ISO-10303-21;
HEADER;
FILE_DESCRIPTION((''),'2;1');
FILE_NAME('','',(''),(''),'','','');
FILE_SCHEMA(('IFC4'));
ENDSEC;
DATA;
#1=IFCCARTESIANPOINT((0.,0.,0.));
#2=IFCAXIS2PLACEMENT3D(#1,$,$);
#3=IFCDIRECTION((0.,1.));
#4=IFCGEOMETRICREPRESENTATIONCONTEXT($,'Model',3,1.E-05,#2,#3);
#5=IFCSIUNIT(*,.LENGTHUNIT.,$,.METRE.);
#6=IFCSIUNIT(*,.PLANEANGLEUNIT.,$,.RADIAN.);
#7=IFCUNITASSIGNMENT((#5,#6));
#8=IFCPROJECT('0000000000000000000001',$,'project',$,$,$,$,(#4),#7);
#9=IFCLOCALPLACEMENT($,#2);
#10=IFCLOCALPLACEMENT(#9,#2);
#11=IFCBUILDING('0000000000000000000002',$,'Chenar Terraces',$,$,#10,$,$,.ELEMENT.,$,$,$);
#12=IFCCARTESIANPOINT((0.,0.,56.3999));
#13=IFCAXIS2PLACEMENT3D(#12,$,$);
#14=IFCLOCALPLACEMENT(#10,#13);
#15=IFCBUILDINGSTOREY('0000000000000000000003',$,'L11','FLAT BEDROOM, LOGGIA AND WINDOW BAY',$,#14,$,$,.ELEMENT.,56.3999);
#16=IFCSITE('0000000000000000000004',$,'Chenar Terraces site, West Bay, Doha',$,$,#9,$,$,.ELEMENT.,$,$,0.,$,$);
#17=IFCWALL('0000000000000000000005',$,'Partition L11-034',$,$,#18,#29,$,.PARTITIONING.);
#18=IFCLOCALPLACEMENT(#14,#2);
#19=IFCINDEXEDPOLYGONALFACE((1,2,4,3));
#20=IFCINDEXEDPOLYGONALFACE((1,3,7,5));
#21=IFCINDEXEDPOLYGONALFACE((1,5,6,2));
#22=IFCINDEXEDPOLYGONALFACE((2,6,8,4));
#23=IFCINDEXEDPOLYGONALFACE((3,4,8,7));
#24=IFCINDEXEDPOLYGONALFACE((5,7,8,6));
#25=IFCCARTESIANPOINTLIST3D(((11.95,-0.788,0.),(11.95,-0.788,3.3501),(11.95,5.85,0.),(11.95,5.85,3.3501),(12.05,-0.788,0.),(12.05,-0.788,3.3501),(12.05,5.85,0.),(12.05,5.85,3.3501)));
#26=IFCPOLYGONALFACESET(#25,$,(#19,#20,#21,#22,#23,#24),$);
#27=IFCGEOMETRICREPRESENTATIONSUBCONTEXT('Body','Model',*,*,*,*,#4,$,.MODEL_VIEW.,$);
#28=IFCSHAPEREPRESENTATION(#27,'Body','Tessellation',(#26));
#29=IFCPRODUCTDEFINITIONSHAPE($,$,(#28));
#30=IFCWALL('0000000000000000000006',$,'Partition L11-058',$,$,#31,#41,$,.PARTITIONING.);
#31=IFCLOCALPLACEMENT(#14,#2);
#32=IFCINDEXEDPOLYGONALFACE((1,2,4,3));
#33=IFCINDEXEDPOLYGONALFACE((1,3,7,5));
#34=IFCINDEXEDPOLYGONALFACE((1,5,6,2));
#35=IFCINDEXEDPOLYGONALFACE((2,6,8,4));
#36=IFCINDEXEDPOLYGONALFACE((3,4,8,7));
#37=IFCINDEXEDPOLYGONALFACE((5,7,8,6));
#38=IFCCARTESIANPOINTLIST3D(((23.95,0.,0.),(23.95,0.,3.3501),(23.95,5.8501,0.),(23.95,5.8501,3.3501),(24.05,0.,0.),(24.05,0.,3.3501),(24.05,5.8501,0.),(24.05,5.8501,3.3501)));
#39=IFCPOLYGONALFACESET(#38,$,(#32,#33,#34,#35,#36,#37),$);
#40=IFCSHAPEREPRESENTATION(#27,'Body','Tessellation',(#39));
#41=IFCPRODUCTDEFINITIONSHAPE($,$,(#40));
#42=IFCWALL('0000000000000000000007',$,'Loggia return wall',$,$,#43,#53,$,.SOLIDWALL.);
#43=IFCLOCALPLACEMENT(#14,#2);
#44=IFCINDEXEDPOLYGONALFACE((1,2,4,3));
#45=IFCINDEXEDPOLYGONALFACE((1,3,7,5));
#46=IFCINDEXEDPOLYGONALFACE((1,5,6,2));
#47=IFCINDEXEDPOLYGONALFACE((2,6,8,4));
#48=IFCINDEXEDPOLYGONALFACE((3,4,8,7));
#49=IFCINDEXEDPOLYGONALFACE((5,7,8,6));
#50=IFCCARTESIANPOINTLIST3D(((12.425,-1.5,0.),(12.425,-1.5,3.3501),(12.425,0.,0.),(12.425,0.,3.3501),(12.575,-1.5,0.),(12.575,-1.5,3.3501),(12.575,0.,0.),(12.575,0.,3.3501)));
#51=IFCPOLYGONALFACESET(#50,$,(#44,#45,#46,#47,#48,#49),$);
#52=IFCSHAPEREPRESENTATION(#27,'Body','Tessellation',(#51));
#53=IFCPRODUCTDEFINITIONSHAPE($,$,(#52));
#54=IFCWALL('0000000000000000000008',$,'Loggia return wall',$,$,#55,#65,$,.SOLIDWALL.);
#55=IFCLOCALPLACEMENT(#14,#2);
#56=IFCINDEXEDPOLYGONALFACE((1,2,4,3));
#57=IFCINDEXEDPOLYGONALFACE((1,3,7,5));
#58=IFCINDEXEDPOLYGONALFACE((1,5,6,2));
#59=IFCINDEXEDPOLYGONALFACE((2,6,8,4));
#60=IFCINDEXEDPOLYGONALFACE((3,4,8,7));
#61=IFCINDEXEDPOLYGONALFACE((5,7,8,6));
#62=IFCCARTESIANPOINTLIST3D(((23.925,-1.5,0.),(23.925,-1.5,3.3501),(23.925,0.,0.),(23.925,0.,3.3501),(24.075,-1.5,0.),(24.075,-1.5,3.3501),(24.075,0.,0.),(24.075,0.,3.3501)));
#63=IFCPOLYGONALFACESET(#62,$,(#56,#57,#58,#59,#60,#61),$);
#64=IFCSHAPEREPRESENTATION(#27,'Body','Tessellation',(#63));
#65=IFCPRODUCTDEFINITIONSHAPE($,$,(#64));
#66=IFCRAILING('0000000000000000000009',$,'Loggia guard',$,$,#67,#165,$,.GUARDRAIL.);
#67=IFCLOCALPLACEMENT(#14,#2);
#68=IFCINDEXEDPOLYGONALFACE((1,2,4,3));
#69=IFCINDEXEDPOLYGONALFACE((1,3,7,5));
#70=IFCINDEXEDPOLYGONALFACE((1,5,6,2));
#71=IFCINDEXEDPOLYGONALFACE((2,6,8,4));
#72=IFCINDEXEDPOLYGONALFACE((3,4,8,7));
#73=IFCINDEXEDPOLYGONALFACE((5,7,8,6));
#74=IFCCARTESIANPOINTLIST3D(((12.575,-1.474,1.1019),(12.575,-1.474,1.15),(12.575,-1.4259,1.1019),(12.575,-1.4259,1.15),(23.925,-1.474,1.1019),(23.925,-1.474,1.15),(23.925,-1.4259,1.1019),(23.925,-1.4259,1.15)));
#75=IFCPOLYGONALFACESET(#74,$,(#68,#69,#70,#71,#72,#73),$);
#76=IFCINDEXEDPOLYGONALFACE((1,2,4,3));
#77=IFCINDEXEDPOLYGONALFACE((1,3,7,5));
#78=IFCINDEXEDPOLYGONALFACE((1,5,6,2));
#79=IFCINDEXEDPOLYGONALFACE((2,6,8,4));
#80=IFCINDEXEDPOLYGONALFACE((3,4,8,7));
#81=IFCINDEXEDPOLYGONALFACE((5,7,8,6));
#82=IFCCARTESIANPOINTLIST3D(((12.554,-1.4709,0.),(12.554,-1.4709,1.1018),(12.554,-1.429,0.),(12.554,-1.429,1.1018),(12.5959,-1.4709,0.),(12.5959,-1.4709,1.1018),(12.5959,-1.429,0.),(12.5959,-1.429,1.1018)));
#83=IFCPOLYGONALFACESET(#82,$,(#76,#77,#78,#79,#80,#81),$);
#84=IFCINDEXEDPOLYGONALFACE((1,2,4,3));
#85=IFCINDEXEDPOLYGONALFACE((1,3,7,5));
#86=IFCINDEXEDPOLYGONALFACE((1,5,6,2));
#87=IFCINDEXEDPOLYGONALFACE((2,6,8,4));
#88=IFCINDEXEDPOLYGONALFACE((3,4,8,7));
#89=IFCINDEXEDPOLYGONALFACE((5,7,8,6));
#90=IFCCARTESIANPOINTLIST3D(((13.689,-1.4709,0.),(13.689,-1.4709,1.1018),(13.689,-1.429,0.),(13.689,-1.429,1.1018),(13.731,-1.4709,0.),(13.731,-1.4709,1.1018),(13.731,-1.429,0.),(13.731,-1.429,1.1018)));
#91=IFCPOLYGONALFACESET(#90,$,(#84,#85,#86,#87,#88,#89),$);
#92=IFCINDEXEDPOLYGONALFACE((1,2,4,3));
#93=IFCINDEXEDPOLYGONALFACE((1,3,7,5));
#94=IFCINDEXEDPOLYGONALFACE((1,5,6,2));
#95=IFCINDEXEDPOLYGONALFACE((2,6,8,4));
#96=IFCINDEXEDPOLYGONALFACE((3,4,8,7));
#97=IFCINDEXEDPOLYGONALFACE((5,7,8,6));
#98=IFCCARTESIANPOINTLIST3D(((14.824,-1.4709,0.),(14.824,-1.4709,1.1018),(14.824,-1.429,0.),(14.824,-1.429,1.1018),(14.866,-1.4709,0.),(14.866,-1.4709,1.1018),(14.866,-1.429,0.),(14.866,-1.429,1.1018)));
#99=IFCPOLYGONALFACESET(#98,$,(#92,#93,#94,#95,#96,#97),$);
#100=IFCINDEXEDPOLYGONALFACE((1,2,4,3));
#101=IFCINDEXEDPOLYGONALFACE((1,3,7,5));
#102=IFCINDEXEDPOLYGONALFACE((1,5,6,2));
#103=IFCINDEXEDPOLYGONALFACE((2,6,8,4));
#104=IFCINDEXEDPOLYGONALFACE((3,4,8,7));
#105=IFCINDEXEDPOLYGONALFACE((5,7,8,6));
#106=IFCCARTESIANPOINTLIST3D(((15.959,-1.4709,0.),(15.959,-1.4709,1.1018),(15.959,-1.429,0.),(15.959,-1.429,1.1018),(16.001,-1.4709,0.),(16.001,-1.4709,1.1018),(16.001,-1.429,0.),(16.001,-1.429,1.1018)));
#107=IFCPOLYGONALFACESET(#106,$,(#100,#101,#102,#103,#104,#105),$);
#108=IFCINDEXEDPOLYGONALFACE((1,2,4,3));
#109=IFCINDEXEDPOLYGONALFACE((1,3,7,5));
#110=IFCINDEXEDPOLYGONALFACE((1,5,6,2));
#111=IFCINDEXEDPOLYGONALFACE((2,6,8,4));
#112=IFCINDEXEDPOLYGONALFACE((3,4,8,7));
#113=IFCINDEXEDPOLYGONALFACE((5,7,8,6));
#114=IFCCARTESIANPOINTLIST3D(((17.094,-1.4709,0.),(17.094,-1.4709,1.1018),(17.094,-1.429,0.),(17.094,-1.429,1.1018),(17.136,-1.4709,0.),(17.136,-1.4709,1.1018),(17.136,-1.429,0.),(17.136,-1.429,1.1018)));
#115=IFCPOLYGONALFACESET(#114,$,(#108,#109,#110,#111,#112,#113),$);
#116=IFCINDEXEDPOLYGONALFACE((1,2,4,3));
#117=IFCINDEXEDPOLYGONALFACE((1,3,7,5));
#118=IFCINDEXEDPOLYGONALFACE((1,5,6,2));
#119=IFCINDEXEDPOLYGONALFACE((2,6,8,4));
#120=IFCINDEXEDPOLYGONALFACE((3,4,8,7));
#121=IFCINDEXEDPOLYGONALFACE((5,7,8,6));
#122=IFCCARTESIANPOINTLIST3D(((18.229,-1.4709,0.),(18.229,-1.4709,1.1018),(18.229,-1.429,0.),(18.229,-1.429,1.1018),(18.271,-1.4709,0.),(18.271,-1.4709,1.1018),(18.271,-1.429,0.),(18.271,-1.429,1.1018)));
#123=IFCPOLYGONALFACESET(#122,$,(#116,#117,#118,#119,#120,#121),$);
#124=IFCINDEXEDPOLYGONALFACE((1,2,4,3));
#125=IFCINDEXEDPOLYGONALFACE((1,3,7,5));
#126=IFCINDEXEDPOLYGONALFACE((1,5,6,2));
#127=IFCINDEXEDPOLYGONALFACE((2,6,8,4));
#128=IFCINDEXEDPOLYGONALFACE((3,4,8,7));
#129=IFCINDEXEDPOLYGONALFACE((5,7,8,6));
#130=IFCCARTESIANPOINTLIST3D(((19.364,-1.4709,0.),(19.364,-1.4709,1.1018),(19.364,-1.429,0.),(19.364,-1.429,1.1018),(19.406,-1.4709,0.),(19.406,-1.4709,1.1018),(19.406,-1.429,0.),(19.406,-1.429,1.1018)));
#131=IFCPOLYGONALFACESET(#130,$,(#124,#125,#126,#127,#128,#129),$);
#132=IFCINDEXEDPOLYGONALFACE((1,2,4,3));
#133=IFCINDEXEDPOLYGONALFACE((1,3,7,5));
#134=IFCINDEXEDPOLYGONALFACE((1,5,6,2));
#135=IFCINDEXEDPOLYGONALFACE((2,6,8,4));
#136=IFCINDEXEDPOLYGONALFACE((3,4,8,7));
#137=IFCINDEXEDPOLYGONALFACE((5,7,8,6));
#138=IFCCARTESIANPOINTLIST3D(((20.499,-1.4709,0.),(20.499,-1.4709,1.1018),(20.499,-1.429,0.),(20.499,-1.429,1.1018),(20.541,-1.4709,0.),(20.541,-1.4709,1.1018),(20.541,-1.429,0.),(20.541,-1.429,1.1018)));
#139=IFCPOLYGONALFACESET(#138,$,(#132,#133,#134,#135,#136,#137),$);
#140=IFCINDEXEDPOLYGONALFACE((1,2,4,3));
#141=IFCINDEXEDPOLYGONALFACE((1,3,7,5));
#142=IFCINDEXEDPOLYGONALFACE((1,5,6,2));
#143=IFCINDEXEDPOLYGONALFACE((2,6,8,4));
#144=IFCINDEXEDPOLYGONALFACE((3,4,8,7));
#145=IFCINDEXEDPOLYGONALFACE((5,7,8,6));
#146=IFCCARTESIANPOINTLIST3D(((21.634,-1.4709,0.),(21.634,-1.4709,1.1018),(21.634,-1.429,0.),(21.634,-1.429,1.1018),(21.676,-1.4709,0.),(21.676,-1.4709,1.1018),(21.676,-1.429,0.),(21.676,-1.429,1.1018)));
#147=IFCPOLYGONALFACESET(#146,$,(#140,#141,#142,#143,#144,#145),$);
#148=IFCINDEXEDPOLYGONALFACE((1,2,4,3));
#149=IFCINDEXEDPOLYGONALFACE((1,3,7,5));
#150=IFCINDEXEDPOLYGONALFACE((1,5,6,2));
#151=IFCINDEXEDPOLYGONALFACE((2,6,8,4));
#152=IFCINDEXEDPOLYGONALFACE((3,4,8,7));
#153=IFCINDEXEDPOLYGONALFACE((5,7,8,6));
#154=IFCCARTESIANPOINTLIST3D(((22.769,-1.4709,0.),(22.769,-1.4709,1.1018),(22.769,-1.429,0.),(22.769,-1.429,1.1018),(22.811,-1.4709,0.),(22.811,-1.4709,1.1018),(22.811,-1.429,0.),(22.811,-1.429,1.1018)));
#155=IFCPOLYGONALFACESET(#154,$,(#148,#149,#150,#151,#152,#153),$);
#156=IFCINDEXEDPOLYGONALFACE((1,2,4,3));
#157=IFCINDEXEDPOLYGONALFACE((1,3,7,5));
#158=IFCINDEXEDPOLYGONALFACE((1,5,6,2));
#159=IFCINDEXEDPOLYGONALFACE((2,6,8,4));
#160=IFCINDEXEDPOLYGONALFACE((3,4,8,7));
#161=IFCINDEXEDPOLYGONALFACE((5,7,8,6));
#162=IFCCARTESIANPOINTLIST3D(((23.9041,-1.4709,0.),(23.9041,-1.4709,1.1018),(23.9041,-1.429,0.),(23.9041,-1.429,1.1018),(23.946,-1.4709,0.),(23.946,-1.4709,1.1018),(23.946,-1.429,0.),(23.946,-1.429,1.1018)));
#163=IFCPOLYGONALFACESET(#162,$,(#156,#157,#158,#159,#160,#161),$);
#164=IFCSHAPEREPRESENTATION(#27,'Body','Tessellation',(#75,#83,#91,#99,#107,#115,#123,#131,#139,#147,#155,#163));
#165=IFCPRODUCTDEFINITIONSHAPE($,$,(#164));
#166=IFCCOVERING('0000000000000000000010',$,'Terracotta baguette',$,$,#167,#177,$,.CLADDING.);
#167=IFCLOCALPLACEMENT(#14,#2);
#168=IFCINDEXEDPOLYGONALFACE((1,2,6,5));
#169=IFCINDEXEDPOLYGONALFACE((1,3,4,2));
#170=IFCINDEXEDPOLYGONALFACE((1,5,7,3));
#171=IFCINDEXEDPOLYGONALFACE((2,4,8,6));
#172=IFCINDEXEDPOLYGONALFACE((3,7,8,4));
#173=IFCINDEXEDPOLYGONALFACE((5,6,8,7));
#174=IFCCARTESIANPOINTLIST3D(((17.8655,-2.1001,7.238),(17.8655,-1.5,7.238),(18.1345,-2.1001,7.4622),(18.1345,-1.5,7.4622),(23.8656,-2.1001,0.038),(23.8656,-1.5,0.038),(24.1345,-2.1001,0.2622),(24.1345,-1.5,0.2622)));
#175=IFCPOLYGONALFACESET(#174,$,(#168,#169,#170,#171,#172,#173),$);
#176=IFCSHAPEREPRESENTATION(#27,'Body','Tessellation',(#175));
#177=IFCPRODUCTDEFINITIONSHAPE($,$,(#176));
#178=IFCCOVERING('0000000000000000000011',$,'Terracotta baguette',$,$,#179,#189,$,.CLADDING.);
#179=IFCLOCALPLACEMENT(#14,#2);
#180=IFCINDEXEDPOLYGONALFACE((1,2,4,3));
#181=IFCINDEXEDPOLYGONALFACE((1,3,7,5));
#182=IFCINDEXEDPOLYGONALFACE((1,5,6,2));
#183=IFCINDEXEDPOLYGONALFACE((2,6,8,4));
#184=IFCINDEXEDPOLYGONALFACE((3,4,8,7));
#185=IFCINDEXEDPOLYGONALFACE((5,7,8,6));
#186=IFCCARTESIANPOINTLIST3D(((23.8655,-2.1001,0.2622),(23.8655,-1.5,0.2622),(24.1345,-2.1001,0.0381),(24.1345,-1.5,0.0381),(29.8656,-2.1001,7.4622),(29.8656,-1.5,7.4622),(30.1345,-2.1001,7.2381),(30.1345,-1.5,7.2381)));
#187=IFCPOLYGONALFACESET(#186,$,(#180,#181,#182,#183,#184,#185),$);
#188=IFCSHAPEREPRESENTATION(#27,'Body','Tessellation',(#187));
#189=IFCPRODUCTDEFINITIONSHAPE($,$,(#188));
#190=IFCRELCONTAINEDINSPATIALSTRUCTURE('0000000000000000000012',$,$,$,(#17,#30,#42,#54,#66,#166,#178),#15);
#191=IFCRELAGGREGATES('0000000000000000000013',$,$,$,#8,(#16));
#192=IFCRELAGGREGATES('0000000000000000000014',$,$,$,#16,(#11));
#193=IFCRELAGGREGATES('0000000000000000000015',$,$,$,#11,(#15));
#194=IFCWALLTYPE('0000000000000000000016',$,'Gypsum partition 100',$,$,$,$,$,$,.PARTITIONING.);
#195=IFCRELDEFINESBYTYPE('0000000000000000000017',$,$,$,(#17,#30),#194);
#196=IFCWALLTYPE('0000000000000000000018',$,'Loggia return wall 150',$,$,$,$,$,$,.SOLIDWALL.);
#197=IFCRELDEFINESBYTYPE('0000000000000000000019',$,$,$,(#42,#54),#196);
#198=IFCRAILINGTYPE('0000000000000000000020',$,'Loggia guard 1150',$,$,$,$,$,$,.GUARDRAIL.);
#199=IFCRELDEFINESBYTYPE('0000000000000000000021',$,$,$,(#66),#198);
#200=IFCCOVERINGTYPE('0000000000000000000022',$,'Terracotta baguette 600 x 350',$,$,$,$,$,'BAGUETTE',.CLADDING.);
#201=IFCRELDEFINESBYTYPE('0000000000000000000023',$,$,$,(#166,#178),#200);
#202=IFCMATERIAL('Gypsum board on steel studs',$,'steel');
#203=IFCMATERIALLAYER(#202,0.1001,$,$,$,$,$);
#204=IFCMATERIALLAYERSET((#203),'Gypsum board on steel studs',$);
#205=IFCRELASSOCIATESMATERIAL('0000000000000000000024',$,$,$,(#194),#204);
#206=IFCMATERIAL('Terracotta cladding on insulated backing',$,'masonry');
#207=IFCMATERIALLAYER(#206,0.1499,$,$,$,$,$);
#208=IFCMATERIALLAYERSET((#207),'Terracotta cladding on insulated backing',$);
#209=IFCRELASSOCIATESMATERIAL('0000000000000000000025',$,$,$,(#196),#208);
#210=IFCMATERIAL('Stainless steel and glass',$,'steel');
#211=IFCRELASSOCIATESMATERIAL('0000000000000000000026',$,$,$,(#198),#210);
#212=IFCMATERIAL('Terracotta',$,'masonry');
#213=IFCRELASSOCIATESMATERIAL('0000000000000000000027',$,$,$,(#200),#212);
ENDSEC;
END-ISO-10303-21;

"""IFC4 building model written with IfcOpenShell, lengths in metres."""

from ifc_helpers import new_model, si_unit, direction, frame, frame_2d, origin, origin_2d, place, context, subcontext, project, spatial, rectangle, extrude, material, layer, layer_set, material_profile, profile_set, type_object, element, save


model = new_model("IFC4")

# Units and contexts
model_context = context("Model", 3, precision=1e-05, world=origin(), true_north=direction((0.0, 1.0)))
body_context = subcontext(model_context, "Body", "Model", "MODEL_VIEW")
ifc_project = project(units=[si_unit("LENGTHUNIT", "METRE"), si_unit("PLANEANGLEUNIT", "RADIAN")], contexts=[model_context])

# Site, building, storey
site_placement = place(None, origin())
site = spatial("IfcSite", under=ifc_project, at=site_placement, Name="Chenar Terraces site, West Bay, Doha", CompositionType="ELEMENT", RefElevation=0.0)
building_placement = place(site_placement, origin())
building = spatial("IfcBuilding", under=site, at=building_placement, Name="Chenar Terraces", CompositionType="ELEMENT")
storey_placement = place(building_placement, frame((0.0, 0.0, 56.3999)))
storey = spatial("IfcBuildingStorey", under=building, at=storey_placement, Name="L11", Description="FLAT BEDROOM, LOGGIA AND WINDOW BAY", CompositionType="ELEMENT", Elevation=56.3999)

# Walls
ifc_material_1 = material(Name="Gypsum board on steel studs", Category="steel")
ifc_layer_1 = layer(ifc_material_1, 0.1001)
ifc_layer_set_1 = layer_set([ifc_layer_1], Name="Gypsum board on steel studs")
wall_type_1 = type_object("IfcWallType", Name="Gypsum partition 100", PredefinedType="PARTITIONING", material=ifc_layer_set_1)
wall_1_placement = place(storey_placement, frame((12.0, -0.7878, 0.0), z_axis=(0.0, 0.0, 1.0), x_axis=(0.0, 1.0, 0.0)))
element("IfcWall", 1, at=wall_1_placement, inside=storey, type_object=wall_type_1, Name="Partition L11-034", PredefinedType="PARTITIONING", context=body_context, shape_type="SweptSolid", body=[
    extrude(rectangle(XDim=6.6379, YDim=0.1001, at=frame_2d((3.3188, 0.0))), origin(), (0.0, 0.0, 1.0), 3.3501),
])
wall_2_placement = place(storey_placement, frame((24.0, 0.0, 0.0), z_axis=(0.0, 0.0, 1.0), x_axis=(0.0, 1.0, 0.0)))
element("IfcWall", 2, at=wall_2_placement, inside=storey, type_object=wall_type_1, Name="Partition L11-058", PredefinedType="PARTITIONING", context=body_context, shape_type="SweptSolid", body=[
    extrude(rectangle(XDim=5.8501, YDim=0.1001, at=frame_2d((2.925, 0.0))), origin(), (0.0, 0.0, 1.0), 3.3501),
])
ifc_material_2 = material(Name="Terracotta cladding on insulated backing", Category="masonry")
ifc_layer_2 = layer(ifc_material_2, 0.1499)
ifc_layer_set_2 = layer_set([ifc_layer_2], Name="Terracotta cladding on insulated backing")
wall_type_2 = type_object("IfcWallType", Name="Loggia return wall 150", PredefinedType="SOLIDWALL", material=ifc_layer_set_2)
for number, where, z_axis, x_axis, name in (
    (3, (12.5, -1.5, 0.0), (0.0, 0.0, 1.0), (0.0, 1.0, 0.0), "Loggia return wall"),
    (4, (24.0, -1.5, 0.0), (0.0, 0.0, 1.0), (0.0, 1.0, 0.0), "Loggia return wall"),
):
    element("IfcWall", number, at=place(storey_placement, frame(where, z_axis=z_axis, x_axis=x_axis)), inside=storey, type_object=wall_type_2, Name=name, PredefinedType="SOLIDWALL", context=body_context, shape_type="SweptSolid", body=[
        extrude(rectangle(XDim=1.5, YDim=0.1499, at=frame_2d((0.75, 0.0))), origin(), (0.0, 0.0, 1.0), 3.3501),
    ])

# Railing
ifc_material_3 = material(Name="Stainless steel and glass", Category="steel")
railing_type = type_object("IfcRailingType", Name="Loggia guard 1150", PredefinedType="GUARDRAIL", material=ifc_material_3)
railing_placement = place(storey_placement, frame((12.575, -1.45, 0.0)))
element("IfcRailing", 5, at=railing_placement, inside=storey, type_object=railing_type, Name="Loggia guard", PredefinedType="GUARDRAIL", context=body_context, shape_type="SweptSolid", body=[
    extrude(rectangle(XDim=0.0481, YDim=0.0481, at=origin_2d()), frame((0.0, 0.0, 1.126), z_axis=(1.0, 0.0, 0.0), x_axis=(0.0, 1.0, 0.0)), (0.0, 0.0, 1.0), 11.3501),
    extrude(rectangle(XDim=0.042, YDim=0.042, at=origin_2d()), origin(), (0.0, 0.0, 1.0), 1.1018),
    extrude(rectangle(XDim=0.042, YDim=0.042, at=origin_2d()), frame((1.135, 0.0, 0.0)), (0.0, 0.0, 1.0), 1.1018),
    extrude(rectangle(XDim=0.042, YDim=0.042, at=origin_2d()), frame((2.27, 0.0, 0.0)), (0.0, 0.0, 1.0), 1.1018),
    extrude(rectangle(XDim=0.042, YDim=0.042, at=origin_2d()), frame((3.405, 0.0, 0.0)), (0.0, 0.0, 1.0), 1.1018),
    extrude(rectangle(XDim=0.042, YDim=0.042, at=origin_2d()), frame((4.54, 0.0, 0.0)), (0.0, 0.0, 1.0), 1.1018),
    extrude(rectangle(XDim=0.042, YDim=0.042, at=origin_2d()), frame((5.675, 0.0, 0.0)), (0.0, 0.0, 1.0), 1.1018),
    extrude(rectangle(XDim=0.042, YDim=0.042, at=origin_2d()), frame((6.8101, 0.0, 0.0)), (0.0, 0.0, 1.0), 1.1018),
    extrude(rectangle(XDim=0.042, YDim=0.042, at=origin_2d()), frame((7.9451, 0.0, 0.0)), (0.0, 0.0, 1.0), 1.1018),
    extrude(rectangle(XDim=0.042, YDim=0.042, at=origin_2d()), frame((9.0801, 0.0, 0.0)), (0.0, 0.0, 1.0), 1.1018),
    extrude(rectangle(XDim=0.042, YDim=0.042, at=origin_2d()), frame((10.2151, 0.0, 0.0)), (0.0, 0.0, 1.0), 1.1018),
    extrude(rectangle(XDim=0.042, YDim=0.042, at=origin_2d()), frame((11.3501, 0.0, 0.0)), (0.0, 0.0, 1.0), 1.1018),
])

# Coverings
ifc_material_4 = material(Name="Terracotta", Category="masonry")
ifc_material_profile_1 = material_profile(ifc_material_4, rectangle(XDim=0.6001, YDim=0.3501, at=origin_2d()), Name="Terracotta baguette 600 x 350")
ifc_profile_set_1 = profile_set([ifc_material_profile_1], Name="Terracotta")
covering_type = type_object("IfcCoveringType", Name="Terracotta baguette 600 x 350", ElementType="BAGUETTE", PredefinedType="CLADDING", material=ifc_profile_set_1)
for number, where, z_axis, x_axis, name in (
    (6, (18.0, -1.8, 7.3501), (0.640187, 0.0, -0.768219), (0.0, 1.0, 0.0), "Terracotta baguette"),
    (7, (24.0, -1.8, 0.1501), (0.640187, 0.0, 0.768219), (0.0, 1.0, 0.0), "Terracotta baguette"),
):
    element("IfcCovering", number, at=place(storey_placement, frame(where, z_axis=z_axis, x_axis=x_axis)), inside=storey, type_object=covering_type, Name=name, PredefinedType="CLADDING", context=body_context, shape_type="SweptSolid", body=[
        extrude(rectangle(XDim=0.6001, YDim=0.3501, at=origin_2d()), origin(), (0.0, 0.0, 1.0), 9.3723),
    ])

save(model, "model.ifc")
